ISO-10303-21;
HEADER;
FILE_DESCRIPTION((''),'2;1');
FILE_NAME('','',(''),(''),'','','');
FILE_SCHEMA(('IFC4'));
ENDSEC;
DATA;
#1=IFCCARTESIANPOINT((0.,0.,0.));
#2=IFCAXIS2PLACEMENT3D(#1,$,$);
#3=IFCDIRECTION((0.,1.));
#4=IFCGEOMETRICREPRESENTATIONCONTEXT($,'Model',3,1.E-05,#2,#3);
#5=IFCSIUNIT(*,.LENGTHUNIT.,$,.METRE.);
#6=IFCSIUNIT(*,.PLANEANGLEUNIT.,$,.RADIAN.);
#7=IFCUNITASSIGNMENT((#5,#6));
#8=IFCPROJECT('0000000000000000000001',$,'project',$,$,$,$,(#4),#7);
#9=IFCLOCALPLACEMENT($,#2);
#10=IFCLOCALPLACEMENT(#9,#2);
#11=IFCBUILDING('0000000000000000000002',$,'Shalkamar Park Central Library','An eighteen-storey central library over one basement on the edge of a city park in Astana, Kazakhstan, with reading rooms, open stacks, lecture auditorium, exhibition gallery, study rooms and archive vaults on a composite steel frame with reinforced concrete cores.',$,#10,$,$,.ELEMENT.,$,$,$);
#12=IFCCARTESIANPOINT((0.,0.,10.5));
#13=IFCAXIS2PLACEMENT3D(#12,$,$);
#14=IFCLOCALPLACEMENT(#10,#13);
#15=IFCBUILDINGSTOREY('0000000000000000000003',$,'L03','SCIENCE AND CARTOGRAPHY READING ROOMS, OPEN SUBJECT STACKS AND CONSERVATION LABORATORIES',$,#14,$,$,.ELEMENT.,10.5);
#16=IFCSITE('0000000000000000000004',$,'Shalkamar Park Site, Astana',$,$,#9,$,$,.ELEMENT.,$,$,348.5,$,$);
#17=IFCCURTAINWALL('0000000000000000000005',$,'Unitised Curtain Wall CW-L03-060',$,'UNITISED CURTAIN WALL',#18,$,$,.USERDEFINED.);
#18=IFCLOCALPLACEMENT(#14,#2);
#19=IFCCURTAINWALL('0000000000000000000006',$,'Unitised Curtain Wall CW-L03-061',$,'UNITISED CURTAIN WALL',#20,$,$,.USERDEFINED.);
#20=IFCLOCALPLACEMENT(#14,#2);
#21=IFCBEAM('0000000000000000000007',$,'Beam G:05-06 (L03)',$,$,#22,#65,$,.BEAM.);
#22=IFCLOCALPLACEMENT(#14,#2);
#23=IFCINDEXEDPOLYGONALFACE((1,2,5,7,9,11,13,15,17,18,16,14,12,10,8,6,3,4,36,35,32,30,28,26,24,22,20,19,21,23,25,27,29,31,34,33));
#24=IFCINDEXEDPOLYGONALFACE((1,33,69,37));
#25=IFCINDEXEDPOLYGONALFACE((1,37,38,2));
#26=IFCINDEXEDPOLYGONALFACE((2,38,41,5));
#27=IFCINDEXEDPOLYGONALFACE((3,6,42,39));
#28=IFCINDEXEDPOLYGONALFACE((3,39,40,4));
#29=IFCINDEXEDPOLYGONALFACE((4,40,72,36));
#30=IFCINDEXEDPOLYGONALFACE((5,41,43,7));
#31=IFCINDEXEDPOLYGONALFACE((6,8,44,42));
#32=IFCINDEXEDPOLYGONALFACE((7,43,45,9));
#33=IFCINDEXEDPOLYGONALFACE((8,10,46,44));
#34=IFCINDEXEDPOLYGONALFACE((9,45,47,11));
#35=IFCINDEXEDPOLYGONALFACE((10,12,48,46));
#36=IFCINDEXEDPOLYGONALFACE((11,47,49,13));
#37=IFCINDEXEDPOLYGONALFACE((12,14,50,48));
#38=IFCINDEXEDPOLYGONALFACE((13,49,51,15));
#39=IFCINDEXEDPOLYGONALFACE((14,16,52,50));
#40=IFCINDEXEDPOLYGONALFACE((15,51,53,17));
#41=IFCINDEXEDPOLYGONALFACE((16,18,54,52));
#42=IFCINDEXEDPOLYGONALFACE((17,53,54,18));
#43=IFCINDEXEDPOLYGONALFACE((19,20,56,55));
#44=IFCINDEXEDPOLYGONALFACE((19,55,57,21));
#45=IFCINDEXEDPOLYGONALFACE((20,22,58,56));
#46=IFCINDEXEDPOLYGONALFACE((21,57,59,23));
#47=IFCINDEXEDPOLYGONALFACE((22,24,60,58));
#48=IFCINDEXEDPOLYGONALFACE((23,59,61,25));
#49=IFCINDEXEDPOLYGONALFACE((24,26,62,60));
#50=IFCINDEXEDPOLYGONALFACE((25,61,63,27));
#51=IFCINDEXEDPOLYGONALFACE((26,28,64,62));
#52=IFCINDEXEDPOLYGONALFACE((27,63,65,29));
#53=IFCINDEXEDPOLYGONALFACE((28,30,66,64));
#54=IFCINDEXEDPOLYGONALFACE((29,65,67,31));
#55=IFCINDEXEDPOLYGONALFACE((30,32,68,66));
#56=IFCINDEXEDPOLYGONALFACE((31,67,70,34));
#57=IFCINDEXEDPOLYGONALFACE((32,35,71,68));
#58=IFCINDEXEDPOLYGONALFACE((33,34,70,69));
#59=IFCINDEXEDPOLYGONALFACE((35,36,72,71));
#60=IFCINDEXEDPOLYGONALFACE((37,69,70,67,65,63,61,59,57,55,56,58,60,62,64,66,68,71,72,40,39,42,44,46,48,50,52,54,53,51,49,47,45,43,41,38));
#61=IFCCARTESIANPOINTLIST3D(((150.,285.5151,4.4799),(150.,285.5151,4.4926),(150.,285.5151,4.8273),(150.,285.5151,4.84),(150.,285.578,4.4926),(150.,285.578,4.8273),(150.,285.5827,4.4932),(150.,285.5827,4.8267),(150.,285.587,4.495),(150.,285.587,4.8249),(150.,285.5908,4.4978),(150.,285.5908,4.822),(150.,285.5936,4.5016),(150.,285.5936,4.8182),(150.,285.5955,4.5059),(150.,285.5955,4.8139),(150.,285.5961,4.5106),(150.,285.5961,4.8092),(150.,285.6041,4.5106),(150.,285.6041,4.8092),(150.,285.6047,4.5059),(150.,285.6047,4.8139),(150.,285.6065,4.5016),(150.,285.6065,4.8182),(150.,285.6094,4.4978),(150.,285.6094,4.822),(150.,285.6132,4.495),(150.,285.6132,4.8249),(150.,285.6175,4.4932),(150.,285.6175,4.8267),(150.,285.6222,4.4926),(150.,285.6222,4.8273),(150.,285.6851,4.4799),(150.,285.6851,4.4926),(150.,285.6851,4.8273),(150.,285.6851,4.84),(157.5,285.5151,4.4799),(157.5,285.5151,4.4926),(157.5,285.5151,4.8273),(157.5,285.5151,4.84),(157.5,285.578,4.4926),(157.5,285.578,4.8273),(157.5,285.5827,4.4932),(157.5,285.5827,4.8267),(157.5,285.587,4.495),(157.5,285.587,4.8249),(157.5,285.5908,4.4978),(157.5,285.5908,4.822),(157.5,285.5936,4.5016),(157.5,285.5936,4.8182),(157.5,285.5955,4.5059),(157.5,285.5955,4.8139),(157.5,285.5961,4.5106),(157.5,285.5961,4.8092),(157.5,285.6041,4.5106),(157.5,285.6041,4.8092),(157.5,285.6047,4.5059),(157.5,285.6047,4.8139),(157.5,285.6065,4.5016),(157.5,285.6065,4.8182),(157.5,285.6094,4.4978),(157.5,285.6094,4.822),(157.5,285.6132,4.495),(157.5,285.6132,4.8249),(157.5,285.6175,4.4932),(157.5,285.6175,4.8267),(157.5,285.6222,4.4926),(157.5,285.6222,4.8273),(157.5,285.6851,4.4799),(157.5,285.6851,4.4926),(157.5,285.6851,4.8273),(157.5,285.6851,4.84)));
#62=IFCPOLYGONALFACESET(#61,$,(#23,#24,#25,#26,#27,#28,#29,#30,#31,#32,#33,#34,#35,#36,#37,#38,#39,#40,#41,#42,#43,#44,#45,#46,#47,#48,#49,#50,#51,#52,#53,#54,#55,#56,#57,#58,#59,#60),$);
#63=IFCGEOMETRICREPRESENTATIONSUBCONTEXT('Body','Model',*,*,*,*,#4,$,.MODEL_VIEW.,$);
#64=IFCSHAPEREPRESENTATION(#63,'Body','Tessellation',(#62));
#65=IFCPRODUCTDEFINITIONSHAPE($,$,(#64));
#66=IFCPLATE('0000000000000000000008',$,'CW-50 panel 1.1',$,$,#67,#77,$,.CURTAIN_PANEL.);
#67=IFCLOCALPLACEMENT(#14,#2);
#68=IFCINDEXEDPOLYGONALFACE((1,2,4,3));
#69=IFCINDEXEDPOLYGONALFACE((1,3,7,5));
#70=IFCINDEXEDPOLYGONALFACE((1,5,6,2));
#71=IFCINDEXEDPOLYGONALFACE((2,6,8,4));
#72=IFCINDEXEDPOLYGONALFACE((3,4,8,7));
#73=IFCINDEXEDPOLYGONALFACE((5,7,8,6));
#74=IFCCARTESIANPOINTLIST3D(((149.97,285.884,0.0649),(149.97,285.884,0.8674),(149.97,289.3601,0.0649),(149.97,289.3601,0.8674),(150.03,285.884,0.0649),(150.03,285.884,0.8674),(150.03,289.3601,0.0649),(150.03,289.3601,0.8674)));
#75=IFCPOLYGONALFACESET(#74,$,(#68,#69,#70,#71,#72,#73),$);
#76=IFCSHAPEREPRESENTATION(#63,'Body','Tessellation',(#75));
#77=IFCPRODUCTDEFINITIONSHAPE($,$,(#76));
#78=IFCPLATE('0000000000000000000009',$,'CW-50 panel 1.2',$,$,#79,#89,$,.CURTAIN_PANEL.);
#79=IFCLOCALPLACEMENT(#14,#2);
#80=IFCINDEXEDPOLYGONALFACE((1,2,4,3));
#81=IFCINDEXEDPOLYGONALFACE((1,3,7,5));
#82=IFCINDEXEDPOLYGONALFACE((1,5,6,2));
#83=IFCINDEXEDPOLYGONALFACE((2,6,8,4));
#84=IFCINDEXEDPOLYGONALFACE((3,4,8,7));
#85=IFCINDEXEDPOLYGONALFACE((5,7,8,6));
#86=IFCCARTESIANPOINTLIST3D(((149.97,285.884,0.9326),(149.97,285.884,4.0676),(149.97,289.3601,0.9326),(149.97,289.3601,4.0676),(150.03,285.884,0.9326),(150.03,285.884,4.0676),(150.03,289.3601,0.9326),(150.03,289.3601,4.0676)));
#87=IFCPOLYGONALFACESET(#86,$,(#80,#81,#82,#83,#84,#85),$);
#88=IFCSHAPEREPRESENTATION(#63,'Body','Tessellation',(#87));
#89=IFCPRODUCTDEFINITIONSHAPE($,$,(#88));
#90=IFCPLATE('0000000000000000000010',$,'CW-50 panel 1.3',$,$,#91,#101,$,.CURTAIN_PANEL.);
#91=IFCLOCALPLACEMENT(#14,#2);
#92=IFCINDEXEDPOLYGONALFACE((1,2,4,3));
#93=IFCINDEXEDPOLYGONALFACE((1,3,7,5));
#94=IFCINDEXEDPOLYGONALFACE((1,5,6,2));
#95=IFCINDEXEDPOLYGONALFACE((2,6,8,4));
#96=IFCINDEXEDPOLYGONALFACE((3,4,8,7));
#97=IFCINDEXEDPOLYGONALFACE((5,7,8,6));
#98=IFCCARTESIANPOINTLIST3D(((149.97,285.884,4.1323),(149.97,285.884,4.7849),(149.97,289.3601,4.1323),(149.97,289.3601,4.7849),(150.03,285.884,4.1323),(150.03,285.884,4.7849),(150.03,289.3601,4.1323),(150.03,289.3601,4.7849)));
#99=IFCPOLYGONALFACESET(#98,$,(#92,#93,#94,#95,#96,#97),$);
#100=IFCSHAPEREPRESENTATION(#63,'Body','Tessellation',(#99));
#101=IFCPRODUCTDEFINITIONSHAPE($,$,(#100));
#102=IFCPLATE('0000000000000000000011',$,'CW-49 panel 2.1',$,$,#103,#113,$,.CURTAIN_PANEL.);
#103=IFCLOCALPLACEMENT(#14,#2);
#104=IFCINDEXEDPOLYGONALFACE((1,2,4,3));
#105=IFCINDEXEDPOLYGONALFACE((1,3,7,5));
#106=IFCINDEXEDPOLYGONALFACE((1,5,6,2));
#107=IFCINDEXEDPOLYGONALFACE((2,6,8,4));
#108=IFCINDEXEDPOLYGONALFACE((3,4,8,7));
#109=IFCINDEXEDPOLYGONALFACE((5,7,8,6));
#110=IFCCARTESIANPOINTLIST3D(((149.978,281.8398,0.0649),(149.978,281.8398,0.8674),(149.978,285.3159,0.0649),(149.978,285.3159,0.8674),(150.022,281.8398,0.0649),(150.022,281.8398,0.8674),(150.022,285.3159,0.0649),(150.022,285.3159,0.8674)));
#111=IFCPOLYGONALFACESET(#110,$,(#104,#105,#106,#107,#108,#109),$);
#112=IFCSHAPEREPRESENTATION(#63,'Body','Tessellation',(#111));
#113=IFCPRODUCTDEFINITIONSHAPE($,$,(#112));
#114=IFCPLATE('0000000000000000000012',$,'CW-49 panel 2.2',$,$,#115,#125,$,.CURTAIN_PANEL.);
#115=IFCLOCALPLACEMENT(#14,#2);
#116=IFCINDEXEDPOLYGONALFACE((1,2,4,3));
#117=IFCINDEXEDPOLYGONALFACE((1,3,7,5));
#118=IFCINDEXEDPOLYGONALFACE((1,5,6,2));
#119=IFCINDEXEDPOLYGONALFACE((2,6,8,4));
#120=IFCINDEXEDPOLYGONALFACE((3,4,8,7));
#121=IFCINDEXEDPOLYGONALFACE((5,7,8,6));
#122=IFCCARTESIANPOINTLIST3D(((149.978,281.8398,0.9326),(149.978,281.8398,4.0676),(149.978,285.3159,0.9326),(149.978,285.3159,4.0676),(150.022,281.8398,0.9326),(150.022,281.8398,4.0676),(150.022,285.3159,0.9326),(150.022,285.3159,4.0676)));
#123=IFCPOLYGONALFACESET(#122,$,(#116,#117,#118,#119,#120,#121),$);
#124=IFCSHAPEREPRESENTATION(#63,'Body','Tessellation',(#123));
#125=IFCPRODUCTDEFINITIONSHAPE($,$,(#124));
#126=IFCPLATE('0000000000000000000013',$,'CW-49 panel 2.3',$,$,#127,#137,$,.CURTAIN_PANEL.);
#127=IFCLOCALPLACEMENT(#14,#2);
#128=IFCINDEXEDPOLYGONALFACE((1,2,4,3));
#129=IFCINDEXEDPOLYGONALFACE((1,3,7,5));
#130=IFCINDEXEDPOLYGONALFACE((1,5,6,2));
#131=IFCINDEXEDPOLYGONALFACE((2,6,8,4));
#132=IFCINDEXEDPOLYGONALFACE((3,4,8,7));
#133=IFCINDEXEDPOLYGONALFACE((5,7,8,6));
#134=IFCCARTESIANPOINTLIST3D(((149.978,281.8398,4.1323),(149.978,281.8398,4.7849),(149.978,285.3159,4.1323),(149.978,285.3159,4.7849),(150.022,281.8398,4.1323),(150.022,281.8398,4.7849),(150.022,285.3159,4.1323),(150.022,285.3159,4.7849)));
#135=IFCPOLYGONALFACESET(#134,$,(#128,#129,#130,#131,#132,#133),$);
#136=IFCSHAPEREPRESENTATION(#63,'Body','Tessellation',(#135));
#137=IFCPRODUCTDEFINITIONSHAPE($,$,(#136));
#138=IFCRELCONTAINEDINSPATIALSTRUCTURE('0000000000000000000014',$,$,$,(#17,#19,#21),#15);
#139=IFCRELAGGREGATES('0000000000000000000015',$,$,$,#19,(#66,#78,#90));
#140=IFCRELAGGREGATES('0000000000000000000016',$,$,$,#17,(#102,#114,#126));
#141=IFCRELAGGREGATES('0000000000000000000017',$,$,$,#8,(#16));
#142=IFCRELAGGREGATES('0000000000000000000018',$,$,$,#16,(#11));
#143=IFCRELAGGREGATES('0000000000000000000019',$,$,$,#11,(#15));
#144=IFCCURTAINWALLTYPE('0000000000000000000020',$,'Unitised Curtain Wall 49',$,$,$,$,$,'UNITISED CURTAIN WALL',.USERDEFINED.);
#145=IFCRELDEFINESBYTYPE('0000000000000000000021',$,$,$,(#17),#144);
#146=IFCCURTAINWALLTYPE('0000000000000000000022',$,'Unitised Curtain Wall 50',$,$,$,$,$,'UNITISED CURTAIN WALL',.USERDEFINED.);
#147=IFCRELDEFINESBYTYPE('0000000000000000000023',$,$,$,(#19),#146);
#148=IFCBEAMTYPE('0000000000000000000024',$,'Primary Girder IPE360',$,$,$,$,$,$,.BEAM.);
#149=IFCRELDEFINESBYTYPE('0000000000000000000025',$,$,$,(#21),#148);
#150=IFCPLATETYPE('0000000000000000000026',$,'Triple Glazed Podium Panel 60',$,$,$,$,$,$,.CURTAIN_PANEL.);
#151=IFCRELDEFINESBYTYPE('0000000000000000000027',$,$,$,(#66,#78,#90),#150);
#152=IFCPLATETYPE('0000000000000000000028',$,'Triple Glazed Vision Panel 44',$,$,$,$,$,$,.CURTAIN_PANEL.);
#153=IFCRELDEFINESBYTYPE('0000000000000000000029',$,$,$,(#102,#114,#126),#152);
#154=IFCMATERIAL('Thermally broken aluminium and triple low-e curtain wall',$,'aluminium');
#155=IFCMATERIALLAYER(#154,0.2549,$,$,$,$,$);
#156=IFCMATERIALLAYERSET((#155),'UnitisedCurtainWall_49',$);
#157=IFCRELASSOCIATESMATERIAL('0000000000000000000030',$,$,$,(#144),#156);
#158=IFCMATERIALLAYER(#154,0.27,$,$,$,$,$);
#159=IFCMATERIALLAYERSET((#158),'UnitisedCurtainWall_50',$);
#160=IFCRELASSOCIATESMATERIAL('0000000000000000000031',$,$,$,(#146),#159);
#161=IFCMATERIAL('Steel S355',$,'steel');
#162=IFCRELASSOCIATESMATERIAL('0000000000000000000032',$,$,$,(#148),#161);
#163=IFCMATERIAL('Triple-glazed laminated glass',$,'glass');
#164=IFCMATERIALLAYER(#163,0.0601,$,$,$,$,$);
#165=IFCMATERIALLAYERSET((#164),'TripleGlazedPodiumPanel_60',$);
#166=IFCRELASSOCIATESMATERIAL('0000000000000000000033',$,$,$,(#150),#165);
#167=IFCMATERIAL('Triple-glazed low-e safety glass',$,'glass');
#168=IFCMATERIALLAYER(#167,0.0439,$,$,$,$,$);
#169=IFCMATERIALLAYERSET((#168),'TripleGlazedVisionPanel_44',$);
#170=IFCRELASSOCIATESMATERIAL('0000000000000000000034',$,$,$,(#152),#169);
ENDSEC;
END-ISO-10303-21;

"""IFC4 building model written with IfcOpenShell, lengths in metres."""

from ifc_helpers import new_model, si_unit, direction, frame, origin, origin_2d, place, context, subcontext, project, spatial, rectangle, i_section, extrude, material, layer, layer_set, material_profile, profile_set, type_object, element, aggregate, save


model = new_model("IFC4")

# Units and contexts
model_context = context("Model", 3, precision=1e-05, world=origin(), true_north=direction((0.0, 1.0)))
body_context = subcontext(model_context, "Body", "Model", "MODEL_VIEW")
ifc_project = project(units=[si_unit("LENGTHUNIT", "METRE"), si_unit("PLANEANGLEUNIT", "RADIAN")], contexts=[model_context])

# Site, building, storey
site_placement = place(None, origin())
site = spatial("IfcSite", under=ifc_project, at=site_placement, Name="Shalkamar Park Site, Astana", CompositionType="ELEMENT", RefElevation=348.5)
building_placement = place(site_placement, origin())
building = spatial("IfcBuilding", under=site, at=building_placement, Name="Shalkamar Park Central Library", Description="An eighteen-storey central library over one basement on the edge of a city park in Astana, Kazakhstan, with reading rooms, open stacks, lecture auditorium, exhibition gallery, study rooms and archive vaults on a composite steel frame with reinforced concrete cores.", CompositionType="ELEMENT")
storey_placement = place(building_placement, frame((0.0, 0.0, 10.5)))
storey = spatial("IfcBuildingStorey", under=building, at=storey_placement, Name="L03", Description="SCIENCE AND CARTOGRAPHY READING ROOMS, OPEN SUBJECT STACKS AND CONSERVATION LABORATORIES", CompositionType="ELEMENT", Elevation=10.5)

# Shared definitions
ifc_material_1 = material(Name="Steel S355", Category="steel")

# Curtain wall
ifc_material_2 = material(Name="Thermally broken aluminium and triple low-e curtain wall", Category="aluminium")
ifc_layer_1 = layer(ifc_material_2, 0.2549)
ifc_layer_set_1 = layer_set([ifc_layer_1], Name="UnitisedCurtainWall_49")
curtain_wall_type_1 = type_object("IfcCurtainWallType", Name="Unitised Curtain Wall 49", ElementType="UNITISED CURTAIN WALL", PredefinedType="USERDEFINED", material=ifc_layer_set_1)
curtain_wall_1_placement = place(storey_placement, origin())
curtain_wall_1 = element("IfcCurtainWall", 1, at=curtain_wall_1_placement, inside=storey, type_object=curtain_wall_type_1, Name="Unitised Curtain Wall CW-L03-060", ObjectType="UNITISED CURTAIN WALL", PredefinedType="USERDEFINED")

# Curtain wall
ifc_layer_2 = layer(ifc_material_2, 0.27)
ifc_layer_set_2 = layer_set([ifc_layer_2], Name="UnitisedCurtainWall_50")
curtain_wall_type_2 = type_object("IfcCurtainWallType", Name="Unitised Curtain Wall 50", ElementType="UNITISED CURTAIN WALL", PredefinedType="USERDEFINED", material=ifc_layer_set_2)
curtain_wall_2_placement = place(storey_placement, origin())
curtain_wall_2 = element("IfcCurtainWall", 2, at=curtain_wall_2_placement, inside=storey, type_object=curtain_wall_type_2, Name="Unitised Curtain Wall CW-L03-061", ObjectType="UNITISED CURTAIN WALL", PredefinedType="USERDEFINED")

# Beam
ifc_material_profile_1 = material_profile(ifc_material_1, i_section(OverallWidth=0.1699, OverallDepth=0.3601, WebThickness=0.0081, FlangeThickness=0.0127, FilletRadius=0.0181, at=origin_2d()), Name="IPE 360")
ifc_profile_set_1 = profile_set([ifc_material_profile_1], Name="Steel S355")
beam_type_1 = type_object("IfcBeamType", Name="Primary Girder IPE360", PredefinedType="BEAM", material=ifc_profile_set_1)
beam_1_placement = place(storey_placement, frame((150.0, 285.6001, 4.6599), z_axis=(1.0, 0.0, 0.0), x_axis=(0.0, 1.0, 0.0)))
element("IfcBeam", 3, at=beam_1_placement, inside=storey, type_object=beam_type_1, Name="Beam G:05-06 (L03)", PredefinedType="BEAM", context=body_context, shape_type="SweptSolid", body=[
    extrude(i_section(OverallWidth=0.1699, OverallDepth=0.3601, WebThickness=0.0081, FlangeThickness=0.0127, FilletRadius=0.0181, at=origin_2d()), origin(), (0.0, 0.0, 1.0), 7.5),
])

# Plates
ifc_material_3 = material(Name="Triple-glazed laminated glass", Category="glass")
ifc_layer_3 = layer(ifc_material_3, 0.0601)
ifc_layer_set_3 = layer_set([ifc_layer_3], Name="TripleGlazedPodiumPanel_60")
plate_type_1 = type_object("IfcPlateType", Name="Triple Glazed Podium Panel 60", PredefinedType="CURTAIN_PANEL", material=ifc_layer_set_3)
plate_1_placement = place(storey_placement, frame((150.0, 287.6221, 0.0649), z_axis=(0.0, 0.0, 1.0), x_axis=(0.0, 1.0, 0.0)))
plate_1 = element("IfcPlate", 4, at=plate_1_placement, type_object=plate_type_1, Name="CW-50 panel 1.1", PredefinedType="CURTAIN_PANEL", context=body_context, shape_type="SweptSolid", body=[
    extrude(rectangle(XDim=3.4761, YDim=0.0601, at=origin_2d()), origin(), (0.0, 0.0, 1.0), 0.8025),
])
plate_2_placement = place(storey_placement, frame((150.0, 287.6221, 0.9326), z_axis=(0.0, 0.0, 1.0), x_axis=(0.0, 1.0, 0.0)))
plate_2 = element("IfcPlate", 5, at=plate_2_placement, type_object=plate_type_1, Name="CW-50 panel 1.2", PredefinedType="CURTAIN_PANEL", context=body_context, shape_type="SweptSolid", body=[
    extrude(rectangle(XDim=3.4761, YDim=0.0601, at=origin_2d()), origin(), (0.0, 0.0, 1.0), 3.135),
])
plate_3_placement = place(storey_placement, frame((150.0, 287.6221, 4.1323), z_axis=(0.0, 0.0, 1.0), x_axis=(0.0, 1.0, 0.0)))
plate_3 = element("IfcPlate", 6, at=plate_3_placement, type_object=plate_type_1, Name="CW-50 panel 1.3", PredefinedType="CURTAIN_PANEL", context=body_context, shape_type="SweptSolid", body=[
    extrude(rectangle(XDim=3.4761, YDim=0.0601, at=origin_2d()), origin(), (0.0, 0.0, 1.0), 0.6526),
])
aggregate(curtain_wall_2, [plate_1, plate_2, plate_3])
ifc_material_4 = material(Name="Triple-glazed low-e safety glass", Category="glass")
ifc_layer_4 = layer(ifc_material_4, 0.0439)
ifc_layer_set_4 = layer_set([ifc_layer_4], Name="TripleGlazedVisionPanel_44")
plate_type_2 = type_object("IfcPlateType", Name="Triple Glazed Vision Panel 44", PredefinedType="CURTAIN_PANEL", material=ifc_layer_set_4)
plate_4_placement = place(storey_placement, frame((150.0, 283.5779, 0.0649), z_axis=(0.0, 0.0, 1.0), x_axis=(0.0, 1.0, 0.0)))
plate_4 = element("IfcPlate", 7, at=plate_4_placement, type_object=plate_type_2, Name="CW-49 panel 2.1", PredefinedType="CURTAIN_PANEL", context=body_context, shape_type="SweptSolid", body=[
    extrude(rectangle(XDim=3.4761, YDim=0.0439, at=origin_2d()), origin(), (0.0, 0.0, 1.0), 0.8025),
])
plate_5_placement = place(storey_placement, frame((150.0, 283.5779, 0.9326), z_axis=(0.0, 0.0, 1.0), x_axis=(0.0, 1.0, 0.0)))
plate_5 = element("IfcPlate", 8, at=plate_5_placement, type_object=plate_type_2, Name="CW-49 panel 2.2", PredefinedType="CURTAIN_PANEL", context=body_context, shape_type="SweptSolid", body=[
    extrude(rectangle(XDim=3.4761, YDim=0.0439, at=origin_2d()), origin(), (0.0, 0.0, 1.0), 3.135),
])
plate_6_placement = place(storey_placement, frame((150.0, 283.5779, 4.1323), z_axis=(0.0, 0.0, 1.0), x_axis=(0.0, 1.0, 0.0)))
plate_6 = element("IfcPlate", 9, at=plate_6_placement, type_object=plate_type_2, Name="CW-49 panel 2.3", PredefinedType="CURTAIN_PANEL", context=body_context, shape_type="SweptSolid", body=[
    extrude(rectangle(XDim=3.4761, YDim=0.0439, at=origin_2d()), origin(), (0.0, 0.0, 1.0), 0.6526),
])
aggregate(curtain_wall_1, [plate_4, plate_5, plate_6])

save(model, "model.ifc")
